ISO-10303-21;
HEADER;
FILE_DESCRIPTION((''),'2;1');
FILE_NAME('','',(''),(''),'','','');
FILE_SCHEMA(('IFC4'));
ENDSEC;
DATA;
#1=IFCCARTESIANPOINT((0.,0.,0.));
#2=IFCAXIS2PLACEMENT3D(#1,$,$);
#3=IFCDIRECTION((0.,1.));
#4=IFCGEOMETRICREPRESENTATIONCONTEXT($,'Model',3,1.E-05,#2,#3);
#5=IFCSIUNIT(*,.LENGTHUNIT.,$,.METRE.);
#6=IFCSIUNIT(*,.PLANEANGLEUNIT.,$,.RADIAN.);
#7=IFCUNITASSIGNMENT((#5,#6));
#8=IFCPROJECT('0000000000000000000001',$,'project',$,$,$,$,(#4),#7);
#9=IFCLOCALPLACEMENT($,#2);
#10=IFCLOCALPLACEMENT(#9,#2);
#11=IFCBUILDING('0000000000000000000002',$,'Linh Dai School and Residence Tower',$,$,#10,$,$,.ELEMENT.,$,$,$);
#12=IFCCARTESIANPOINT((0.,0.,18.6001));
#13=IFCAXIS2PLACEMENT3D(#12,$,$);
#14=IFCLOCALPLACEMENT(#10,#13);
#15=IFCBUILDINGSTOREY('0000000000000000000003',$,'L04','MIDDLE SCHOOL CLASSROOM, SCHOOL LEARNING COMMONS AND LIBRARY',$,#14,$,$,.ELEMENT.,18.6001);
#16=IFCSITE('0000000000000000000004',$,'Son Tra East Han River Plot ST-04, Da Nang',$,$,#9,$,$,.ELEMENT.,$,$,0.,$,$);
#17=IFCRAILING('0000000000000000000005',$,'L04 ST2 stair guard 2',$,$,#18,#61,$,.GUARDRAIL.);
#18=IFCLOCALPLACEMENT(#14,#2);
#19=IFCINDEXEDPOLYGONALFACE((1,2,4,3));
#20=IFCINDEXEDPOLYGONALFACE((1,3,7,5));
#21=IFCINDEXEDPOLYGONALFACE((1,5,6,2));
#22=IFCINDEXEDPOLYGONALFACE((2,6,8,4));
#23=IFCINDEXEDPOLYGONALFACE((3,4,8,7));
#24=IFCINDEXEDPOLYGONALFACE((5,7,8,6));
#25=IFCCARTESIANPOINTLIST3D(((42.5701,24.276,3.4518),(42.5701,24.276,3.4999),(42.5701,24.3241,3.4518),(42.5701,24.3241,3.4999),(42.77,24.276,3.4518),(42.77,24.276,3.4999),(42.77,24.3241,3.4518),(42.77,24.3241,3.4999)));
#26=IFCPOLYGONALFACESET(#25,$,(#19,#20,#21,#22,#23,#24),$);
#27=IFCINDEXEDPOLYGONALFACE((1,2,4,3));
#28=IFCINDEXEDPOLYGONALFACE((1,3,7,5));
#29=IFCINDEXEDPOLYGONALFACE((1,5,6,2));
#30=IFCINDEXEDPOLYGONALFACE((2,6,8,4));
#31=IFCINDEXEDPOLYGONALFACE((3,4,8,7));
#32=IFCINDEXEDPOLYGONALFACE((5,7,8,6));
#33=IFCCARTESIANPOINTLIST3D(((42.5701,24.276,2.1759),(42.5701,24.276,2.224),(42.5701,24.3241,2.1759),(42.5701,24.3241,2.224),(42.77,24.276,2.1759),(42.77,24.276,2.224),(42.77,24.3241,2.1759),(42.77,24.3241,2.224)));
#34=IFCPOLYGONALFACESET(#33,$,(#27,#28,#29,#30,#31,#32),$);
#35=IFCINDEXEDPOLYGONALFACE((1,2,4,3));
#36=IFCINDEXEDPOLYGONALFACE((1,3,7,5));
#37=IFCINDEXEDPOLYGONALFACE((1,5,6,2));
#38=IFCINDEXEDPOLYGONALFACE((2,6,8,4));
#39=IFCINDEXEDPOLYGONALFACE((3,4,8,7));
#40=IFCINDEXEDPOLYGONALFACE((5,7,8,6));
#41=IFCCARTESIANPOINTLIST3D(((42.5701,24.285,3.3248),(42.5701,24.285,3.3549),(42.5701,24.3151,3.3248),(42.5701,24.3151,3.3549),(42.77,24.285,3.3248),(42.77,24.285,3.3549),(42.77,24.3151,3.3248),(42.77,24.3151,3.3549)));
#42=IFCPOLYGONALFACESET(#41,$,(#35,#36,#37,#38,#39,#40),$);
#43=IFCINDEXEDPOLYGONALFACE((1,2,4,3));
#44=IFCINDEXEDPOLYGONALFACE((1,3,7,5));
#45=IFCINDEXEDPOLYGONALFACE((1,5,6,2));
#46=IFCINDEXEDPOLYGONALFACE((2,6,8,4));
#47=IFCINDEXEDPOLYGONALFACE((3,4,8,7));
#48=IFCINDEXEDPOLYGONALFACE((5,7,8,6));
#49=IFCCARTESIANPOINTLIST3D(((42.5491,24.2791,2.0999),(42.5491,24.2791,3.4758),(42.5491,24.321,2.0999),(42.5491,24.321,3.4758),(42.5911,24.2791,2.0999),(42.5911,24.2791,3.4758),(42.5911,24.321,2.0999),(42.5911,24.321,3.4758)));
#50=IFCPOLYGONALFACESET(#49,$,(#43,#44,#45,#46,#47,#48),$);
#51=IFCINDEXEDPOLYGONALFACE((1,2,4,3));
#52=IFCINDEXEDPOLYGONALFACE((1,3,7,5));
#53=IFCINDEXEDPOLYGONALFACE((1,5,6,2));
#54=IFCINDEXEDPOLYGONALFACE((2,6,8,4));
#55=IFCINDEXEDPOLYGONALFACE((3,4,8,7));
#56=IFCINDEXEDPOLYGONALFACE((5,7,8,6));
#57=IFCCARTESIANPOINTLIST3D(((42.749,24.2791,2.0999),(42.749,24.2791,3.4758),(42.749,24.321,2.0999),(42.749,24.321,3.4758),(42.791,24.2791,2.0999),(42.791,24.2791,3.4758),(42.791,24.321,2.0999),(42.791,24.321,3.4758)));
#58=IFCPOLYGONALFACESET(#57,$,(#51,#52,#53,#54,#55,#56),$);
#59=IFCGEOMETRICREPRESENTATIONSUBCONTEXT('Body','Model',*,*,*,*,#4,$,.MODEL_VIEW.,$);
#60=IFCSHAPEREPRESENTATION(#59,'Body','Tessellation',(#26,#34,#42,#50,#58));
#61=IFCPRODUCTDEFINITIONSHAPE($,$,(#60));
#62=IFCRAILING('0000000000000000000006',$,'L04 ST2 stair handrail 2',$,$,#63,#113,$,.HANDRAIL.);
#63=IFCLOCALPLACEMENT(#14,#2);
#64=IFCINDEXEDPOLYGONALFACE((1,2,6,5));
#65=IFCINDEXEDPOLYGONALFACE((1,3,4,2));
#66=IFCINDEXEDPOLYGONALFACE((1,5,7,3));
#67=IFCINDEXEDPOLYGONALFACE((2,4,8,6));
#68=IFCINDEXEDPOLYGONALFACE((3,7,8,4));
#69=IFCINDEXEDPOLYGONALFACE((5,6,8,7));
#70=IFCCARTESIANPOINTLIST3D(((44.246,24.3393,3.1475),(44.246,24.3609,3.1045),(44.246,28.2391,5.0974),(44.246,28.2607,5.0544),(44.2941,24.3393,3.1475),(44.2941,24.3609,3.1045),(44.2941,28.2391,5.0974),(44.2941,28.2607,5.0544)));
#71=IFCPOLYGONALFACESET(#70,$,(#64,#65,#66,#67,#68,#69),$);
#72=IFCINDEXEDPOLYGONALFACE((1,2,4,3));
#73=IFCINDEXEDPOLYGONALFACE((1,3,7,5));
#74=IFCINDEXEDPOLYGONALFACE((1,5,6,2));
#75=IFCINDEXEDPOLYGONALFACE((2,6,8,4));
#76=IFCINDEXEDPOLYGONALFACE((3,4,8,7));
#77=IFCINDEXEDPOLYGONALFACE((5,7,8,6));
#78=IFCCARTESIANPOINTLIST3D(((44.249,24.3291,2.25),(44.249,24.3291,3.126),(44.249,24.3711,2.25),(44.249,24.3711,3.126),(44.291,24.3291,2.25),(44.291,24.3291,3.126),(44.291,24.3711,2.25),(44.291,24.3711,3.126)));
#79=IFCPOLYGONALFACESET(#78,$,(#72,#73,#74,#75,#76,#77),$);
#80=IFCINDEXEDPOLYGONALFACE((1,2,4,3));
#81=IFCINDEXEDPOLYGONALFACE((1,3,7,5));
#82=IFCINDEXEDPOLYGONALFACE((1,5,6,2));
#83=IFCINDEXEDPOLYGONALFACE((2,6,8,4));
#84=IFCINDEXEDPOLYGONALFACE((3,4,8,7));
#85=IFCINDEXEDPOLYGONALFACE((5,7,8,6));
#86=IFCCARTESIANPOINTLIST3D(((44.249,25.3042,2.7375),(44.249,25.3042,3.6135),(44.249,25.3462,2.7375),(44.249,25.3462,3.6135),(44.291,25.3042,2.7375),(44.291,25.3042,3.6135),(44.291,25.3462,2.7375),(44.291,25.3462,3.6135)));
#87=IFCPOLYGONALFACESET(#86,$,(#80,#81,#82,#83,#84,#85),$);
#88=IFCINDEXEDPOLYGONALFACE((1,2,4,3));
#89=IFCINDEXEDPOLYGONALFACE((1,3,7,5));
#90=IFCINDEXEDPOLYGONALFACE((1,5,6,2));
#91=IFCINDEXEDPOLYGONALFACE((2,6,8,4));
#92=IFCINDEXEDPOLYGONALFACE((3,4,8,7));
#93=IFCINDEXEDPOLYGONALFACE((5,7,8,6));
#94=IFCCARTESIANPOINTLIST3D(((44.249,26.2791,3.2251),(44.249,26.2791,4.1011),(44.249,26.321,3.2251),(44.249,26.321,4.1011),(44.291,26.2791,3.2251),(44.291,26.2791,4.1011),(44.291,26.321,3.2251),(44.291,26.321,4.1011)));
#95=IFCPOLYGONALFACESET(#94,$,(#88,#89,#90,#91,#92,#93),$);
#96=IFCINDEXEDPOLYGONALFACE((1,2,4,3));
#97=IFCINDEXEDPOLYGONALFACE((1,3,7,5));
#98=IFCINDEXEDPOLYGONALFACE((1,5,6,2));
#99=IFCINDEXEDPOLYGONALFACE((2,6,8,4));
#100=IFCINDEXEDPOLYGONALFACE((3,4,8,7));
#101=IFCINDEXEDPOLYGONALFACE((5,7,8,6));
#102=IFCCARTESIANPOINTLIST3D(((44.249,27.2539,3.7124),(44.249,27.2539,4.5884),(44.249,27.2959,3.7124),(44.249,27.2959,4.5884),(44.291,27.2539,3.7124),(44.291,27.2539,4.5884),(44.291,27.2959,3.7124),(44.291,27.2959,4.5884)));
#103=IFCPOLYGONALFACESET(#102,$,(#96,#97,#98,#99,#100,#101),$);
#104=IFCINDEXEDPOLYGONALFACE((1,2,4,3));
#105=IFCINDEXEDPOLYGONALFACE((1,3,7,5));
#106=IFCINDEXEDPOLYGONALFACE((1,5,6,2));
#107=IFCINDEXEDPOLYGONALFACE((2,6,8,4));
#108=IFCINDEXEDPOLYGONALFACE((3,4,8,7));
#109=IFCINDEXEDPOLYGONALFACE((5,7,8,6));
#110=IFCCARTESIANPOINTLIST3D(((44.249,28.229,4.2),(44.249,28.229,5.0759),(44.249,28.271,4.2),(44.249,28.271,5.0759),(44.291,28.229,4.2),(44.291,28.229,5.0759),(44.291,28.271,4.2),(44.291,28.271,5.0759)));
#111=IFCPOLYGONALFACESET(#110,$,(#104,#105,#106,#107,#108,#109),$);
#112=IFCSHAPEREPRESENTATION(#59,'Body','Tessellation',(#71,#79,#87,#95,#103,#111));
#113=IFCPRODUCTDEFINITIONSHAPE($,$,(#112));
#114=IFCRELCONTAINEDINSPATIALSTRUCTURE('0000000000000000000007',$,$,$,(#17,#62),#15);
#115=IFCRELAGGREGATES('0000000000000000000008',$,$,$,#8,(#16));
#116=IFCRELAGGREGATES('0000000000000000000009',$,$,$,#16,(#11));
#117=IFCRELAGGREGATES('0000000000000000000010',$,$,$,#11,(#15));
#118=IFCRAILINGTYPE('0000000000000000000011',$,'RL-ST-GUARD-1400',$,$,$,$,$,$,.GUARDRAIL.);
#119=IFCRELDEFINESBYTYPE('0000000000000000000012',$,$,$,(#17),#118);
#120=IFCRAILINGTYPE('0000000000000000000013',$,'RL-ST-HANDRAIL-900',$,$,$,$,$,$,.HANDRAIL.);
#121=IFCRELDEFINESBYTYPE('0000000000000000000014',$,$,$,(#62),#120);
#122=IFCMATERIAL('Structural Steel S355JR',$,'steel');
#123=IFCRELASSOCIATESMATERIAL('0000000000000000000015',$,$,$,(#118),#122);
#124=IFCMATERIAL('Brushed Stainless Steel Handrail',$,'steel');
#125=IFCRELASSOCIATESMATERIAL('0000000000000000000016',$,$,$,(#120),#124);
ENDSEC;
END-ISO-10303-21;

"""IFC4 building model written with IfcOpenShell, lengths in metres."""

from ifc_helpers import new_model, si_unit, direction, frame, origin, origin_2d, place, context, subcontext, project, spatial, rectangle, extrude, source, transform, mapped, material, type_object, element, save


model = new_model("IFC4")

# Units and contexts
model_context = context("Model", 3, precision=1e-05, world=origin(), true_north=direction((0.0, 1.0)))
body_context = subcontext(model_context, "Body", "Model", "MODEL_VIEW")
ifc_project = project(units=[si_unit("LENGTHUNIT", "METRE"), si_unit("PLANEANGLEUNIT", "RADIAN")], contexts=[model_context])

# Site, building, storey
site_placement = place(None, origin())
site = spatial("IfcSite", under=ifc_project, at=site_placement, Name="Son Tra East Han River Plot ST-04, Da Nang", CompositionType="ELEMENT", RefElevation=0.0)
building_placement = place(site_placement, origin())
building = spatial("IfcBuilding", under=site, at=building_placement, Name="Linh Dai School and Residence Tower", CompositionType="ELEMENT")
storey_placement = place(building_placement, frame((0.0, 0.0, 18.6001)))
storey = spatial("IfcBuildingStorey", under=building, at=storey_placement, Name="L04", Description="MIDDLE SCHOOL CLASSROOM, SCHOOL LEARNING COMMONS AND LIBRARY", CompositionType="ELEMENT", Elevation=18.6001)

# Shared definitions
ifc_material_1 = material(Name="Structural Steel S355JR", Category="steel")

# Railings
railing_type_1 = type_object("IfcRailingType", Name="RL-ST-GUARD-1400", PredefinedType="GUARDRAIL", material=ifc_material_1)
shared_shape_1 = source(origin(), body_context, "Body", "SweptSolid", [
    extrude(rectangle(XDim=0.0481, YDim=0.0481, at=origin_2d()), frame((0.0, 0.0, 1.376), z_axis=(1.0, 0.0, 0.0), x_axis=(0.0, 1.0, 0.0)), (0.0, 0.0, 1.0), 0.2),
    extrude(rectangle(XDim=0.0481, YDim=0.0481, at=origin_2d()), frame((0.0, 0.0, 0.1001), z_axis=(1.0, 0.0, 0.0), x_axis=(0.0, 1.0, 0.0)), (0.0, 0.0, 1.0), 0.2),
    extrude(rectangle(XDim=0.03, YDim=0.03, at=origin_2d()), frame((0.0, 0.0, 1.24), z_axis=(1.0, 0.0, 0.0), x_axis=(0.0, 1.0, 0.0)), (0.0, 0.0, 1.0), 0.2),
    extrude(rectangle(XDim=0.042, YDim=0.042, at=origin_2d()), origin(), (0.0, 0.0, 1.0), 1.376),
    extrude(rectangle(XDim=0.042, YDim=0.042, at=origin_2d()), frame((0.2, 0.0, 0.0)), (0.0, 0.0, 1.0), 1.376),
])
railing_1_placement = place(storey_placement, frame((42.5701, 24.3, 2.0999)))
element("IfcRailing", 1, at=railing_1_placement, inside=storey, type_object=railing_type_1, Name="L04 ST2 stair guard 2", PredefinedType="GUARDRAIL", context=body_context, shape_type="MappedRepresentation", body=[
    mapped(shared_shape_1, transform((0.0, 0.0, 0.0), x_axis=(1.0, 0.0, 0.0), y_axis=(0.0, 1.0, 0.0), z_axis=(0.0, 0.0, 1.0), scale=1.0)),
])
ifc_material_2 = material(Name="Brushed Stainless Steel Handrail", Category="steel")
railing_type_2 = type_object("IfcRailingType", Name="RL-ST-HANDRAIL-900", PredefinedType="HANDRAIL", material=ifc_material_2)
shared_shape_2 = source(origin(), body_context, "Body", "SweptSolid", [
    extrude(rectangle(XDim=0.0481, YDim=0.0481, at=origin_2d()), frame((0.0, 0.0, 0.876), z_axis=(0.0, 0.894427, 0.447214), x_axis=(-1.0, 0.0, 0.0)), (0.0, 0.0, 1.0), 4.3601),
    extrude(rectangle(XDim=0.042, YDim=0.042, at=origin_2d()), origin(), (0.0, 0.0, 1.0), 0.876),
    extrude(rectangle(XDim=0.042, YDim=0.042, at=origin_2d()), frame((0.0, 0.9751, 0.4875)), (0.0, 0.0, 1.0), 0.876),
    extrude(rectangle(XDim=0.042, YDim=0.042, at=origin_2d()), frame((0.0, 1.95, 0.9751)), (0.0, 0.0, 1.0), 0.876),
    extrude(rectangle(XDim=0.042, YDim=0.042, at=origin_2d()), frame((0.0, 2.9248, 1.4624)), (0.0, 0.0, 1.0), 0.876),
    extrude(rectangle(XDim=0.042, YDim=0.042, at=origin_2d()), frame((0.0, 3.8999, 1.95)), (0.0, 0.0, 1.0), 0.876),
])
railing_2_placement = place(storey_placement, frame((44.27, 24.3501, 2.25)))
element("IfcRailing", 2, at=railing_2_placement, inside=storey, type_object=railing_type_2, Name="L04 ST2 stair handrail 2", PredefinedType="HANDRAIL", context=body_context, shape_type="MappedRepresentation", body=[
    mapped(shared_shape_2, transform((0.0, 0.0, 0.0), x_axis=(1.0, 0.0, 0.0), y_axis=(0.0, 1.0, 0.0), z_axis=(0.0, 0.0, 1.0), scale=1.0)),
])

save(model, "model.ifc")
